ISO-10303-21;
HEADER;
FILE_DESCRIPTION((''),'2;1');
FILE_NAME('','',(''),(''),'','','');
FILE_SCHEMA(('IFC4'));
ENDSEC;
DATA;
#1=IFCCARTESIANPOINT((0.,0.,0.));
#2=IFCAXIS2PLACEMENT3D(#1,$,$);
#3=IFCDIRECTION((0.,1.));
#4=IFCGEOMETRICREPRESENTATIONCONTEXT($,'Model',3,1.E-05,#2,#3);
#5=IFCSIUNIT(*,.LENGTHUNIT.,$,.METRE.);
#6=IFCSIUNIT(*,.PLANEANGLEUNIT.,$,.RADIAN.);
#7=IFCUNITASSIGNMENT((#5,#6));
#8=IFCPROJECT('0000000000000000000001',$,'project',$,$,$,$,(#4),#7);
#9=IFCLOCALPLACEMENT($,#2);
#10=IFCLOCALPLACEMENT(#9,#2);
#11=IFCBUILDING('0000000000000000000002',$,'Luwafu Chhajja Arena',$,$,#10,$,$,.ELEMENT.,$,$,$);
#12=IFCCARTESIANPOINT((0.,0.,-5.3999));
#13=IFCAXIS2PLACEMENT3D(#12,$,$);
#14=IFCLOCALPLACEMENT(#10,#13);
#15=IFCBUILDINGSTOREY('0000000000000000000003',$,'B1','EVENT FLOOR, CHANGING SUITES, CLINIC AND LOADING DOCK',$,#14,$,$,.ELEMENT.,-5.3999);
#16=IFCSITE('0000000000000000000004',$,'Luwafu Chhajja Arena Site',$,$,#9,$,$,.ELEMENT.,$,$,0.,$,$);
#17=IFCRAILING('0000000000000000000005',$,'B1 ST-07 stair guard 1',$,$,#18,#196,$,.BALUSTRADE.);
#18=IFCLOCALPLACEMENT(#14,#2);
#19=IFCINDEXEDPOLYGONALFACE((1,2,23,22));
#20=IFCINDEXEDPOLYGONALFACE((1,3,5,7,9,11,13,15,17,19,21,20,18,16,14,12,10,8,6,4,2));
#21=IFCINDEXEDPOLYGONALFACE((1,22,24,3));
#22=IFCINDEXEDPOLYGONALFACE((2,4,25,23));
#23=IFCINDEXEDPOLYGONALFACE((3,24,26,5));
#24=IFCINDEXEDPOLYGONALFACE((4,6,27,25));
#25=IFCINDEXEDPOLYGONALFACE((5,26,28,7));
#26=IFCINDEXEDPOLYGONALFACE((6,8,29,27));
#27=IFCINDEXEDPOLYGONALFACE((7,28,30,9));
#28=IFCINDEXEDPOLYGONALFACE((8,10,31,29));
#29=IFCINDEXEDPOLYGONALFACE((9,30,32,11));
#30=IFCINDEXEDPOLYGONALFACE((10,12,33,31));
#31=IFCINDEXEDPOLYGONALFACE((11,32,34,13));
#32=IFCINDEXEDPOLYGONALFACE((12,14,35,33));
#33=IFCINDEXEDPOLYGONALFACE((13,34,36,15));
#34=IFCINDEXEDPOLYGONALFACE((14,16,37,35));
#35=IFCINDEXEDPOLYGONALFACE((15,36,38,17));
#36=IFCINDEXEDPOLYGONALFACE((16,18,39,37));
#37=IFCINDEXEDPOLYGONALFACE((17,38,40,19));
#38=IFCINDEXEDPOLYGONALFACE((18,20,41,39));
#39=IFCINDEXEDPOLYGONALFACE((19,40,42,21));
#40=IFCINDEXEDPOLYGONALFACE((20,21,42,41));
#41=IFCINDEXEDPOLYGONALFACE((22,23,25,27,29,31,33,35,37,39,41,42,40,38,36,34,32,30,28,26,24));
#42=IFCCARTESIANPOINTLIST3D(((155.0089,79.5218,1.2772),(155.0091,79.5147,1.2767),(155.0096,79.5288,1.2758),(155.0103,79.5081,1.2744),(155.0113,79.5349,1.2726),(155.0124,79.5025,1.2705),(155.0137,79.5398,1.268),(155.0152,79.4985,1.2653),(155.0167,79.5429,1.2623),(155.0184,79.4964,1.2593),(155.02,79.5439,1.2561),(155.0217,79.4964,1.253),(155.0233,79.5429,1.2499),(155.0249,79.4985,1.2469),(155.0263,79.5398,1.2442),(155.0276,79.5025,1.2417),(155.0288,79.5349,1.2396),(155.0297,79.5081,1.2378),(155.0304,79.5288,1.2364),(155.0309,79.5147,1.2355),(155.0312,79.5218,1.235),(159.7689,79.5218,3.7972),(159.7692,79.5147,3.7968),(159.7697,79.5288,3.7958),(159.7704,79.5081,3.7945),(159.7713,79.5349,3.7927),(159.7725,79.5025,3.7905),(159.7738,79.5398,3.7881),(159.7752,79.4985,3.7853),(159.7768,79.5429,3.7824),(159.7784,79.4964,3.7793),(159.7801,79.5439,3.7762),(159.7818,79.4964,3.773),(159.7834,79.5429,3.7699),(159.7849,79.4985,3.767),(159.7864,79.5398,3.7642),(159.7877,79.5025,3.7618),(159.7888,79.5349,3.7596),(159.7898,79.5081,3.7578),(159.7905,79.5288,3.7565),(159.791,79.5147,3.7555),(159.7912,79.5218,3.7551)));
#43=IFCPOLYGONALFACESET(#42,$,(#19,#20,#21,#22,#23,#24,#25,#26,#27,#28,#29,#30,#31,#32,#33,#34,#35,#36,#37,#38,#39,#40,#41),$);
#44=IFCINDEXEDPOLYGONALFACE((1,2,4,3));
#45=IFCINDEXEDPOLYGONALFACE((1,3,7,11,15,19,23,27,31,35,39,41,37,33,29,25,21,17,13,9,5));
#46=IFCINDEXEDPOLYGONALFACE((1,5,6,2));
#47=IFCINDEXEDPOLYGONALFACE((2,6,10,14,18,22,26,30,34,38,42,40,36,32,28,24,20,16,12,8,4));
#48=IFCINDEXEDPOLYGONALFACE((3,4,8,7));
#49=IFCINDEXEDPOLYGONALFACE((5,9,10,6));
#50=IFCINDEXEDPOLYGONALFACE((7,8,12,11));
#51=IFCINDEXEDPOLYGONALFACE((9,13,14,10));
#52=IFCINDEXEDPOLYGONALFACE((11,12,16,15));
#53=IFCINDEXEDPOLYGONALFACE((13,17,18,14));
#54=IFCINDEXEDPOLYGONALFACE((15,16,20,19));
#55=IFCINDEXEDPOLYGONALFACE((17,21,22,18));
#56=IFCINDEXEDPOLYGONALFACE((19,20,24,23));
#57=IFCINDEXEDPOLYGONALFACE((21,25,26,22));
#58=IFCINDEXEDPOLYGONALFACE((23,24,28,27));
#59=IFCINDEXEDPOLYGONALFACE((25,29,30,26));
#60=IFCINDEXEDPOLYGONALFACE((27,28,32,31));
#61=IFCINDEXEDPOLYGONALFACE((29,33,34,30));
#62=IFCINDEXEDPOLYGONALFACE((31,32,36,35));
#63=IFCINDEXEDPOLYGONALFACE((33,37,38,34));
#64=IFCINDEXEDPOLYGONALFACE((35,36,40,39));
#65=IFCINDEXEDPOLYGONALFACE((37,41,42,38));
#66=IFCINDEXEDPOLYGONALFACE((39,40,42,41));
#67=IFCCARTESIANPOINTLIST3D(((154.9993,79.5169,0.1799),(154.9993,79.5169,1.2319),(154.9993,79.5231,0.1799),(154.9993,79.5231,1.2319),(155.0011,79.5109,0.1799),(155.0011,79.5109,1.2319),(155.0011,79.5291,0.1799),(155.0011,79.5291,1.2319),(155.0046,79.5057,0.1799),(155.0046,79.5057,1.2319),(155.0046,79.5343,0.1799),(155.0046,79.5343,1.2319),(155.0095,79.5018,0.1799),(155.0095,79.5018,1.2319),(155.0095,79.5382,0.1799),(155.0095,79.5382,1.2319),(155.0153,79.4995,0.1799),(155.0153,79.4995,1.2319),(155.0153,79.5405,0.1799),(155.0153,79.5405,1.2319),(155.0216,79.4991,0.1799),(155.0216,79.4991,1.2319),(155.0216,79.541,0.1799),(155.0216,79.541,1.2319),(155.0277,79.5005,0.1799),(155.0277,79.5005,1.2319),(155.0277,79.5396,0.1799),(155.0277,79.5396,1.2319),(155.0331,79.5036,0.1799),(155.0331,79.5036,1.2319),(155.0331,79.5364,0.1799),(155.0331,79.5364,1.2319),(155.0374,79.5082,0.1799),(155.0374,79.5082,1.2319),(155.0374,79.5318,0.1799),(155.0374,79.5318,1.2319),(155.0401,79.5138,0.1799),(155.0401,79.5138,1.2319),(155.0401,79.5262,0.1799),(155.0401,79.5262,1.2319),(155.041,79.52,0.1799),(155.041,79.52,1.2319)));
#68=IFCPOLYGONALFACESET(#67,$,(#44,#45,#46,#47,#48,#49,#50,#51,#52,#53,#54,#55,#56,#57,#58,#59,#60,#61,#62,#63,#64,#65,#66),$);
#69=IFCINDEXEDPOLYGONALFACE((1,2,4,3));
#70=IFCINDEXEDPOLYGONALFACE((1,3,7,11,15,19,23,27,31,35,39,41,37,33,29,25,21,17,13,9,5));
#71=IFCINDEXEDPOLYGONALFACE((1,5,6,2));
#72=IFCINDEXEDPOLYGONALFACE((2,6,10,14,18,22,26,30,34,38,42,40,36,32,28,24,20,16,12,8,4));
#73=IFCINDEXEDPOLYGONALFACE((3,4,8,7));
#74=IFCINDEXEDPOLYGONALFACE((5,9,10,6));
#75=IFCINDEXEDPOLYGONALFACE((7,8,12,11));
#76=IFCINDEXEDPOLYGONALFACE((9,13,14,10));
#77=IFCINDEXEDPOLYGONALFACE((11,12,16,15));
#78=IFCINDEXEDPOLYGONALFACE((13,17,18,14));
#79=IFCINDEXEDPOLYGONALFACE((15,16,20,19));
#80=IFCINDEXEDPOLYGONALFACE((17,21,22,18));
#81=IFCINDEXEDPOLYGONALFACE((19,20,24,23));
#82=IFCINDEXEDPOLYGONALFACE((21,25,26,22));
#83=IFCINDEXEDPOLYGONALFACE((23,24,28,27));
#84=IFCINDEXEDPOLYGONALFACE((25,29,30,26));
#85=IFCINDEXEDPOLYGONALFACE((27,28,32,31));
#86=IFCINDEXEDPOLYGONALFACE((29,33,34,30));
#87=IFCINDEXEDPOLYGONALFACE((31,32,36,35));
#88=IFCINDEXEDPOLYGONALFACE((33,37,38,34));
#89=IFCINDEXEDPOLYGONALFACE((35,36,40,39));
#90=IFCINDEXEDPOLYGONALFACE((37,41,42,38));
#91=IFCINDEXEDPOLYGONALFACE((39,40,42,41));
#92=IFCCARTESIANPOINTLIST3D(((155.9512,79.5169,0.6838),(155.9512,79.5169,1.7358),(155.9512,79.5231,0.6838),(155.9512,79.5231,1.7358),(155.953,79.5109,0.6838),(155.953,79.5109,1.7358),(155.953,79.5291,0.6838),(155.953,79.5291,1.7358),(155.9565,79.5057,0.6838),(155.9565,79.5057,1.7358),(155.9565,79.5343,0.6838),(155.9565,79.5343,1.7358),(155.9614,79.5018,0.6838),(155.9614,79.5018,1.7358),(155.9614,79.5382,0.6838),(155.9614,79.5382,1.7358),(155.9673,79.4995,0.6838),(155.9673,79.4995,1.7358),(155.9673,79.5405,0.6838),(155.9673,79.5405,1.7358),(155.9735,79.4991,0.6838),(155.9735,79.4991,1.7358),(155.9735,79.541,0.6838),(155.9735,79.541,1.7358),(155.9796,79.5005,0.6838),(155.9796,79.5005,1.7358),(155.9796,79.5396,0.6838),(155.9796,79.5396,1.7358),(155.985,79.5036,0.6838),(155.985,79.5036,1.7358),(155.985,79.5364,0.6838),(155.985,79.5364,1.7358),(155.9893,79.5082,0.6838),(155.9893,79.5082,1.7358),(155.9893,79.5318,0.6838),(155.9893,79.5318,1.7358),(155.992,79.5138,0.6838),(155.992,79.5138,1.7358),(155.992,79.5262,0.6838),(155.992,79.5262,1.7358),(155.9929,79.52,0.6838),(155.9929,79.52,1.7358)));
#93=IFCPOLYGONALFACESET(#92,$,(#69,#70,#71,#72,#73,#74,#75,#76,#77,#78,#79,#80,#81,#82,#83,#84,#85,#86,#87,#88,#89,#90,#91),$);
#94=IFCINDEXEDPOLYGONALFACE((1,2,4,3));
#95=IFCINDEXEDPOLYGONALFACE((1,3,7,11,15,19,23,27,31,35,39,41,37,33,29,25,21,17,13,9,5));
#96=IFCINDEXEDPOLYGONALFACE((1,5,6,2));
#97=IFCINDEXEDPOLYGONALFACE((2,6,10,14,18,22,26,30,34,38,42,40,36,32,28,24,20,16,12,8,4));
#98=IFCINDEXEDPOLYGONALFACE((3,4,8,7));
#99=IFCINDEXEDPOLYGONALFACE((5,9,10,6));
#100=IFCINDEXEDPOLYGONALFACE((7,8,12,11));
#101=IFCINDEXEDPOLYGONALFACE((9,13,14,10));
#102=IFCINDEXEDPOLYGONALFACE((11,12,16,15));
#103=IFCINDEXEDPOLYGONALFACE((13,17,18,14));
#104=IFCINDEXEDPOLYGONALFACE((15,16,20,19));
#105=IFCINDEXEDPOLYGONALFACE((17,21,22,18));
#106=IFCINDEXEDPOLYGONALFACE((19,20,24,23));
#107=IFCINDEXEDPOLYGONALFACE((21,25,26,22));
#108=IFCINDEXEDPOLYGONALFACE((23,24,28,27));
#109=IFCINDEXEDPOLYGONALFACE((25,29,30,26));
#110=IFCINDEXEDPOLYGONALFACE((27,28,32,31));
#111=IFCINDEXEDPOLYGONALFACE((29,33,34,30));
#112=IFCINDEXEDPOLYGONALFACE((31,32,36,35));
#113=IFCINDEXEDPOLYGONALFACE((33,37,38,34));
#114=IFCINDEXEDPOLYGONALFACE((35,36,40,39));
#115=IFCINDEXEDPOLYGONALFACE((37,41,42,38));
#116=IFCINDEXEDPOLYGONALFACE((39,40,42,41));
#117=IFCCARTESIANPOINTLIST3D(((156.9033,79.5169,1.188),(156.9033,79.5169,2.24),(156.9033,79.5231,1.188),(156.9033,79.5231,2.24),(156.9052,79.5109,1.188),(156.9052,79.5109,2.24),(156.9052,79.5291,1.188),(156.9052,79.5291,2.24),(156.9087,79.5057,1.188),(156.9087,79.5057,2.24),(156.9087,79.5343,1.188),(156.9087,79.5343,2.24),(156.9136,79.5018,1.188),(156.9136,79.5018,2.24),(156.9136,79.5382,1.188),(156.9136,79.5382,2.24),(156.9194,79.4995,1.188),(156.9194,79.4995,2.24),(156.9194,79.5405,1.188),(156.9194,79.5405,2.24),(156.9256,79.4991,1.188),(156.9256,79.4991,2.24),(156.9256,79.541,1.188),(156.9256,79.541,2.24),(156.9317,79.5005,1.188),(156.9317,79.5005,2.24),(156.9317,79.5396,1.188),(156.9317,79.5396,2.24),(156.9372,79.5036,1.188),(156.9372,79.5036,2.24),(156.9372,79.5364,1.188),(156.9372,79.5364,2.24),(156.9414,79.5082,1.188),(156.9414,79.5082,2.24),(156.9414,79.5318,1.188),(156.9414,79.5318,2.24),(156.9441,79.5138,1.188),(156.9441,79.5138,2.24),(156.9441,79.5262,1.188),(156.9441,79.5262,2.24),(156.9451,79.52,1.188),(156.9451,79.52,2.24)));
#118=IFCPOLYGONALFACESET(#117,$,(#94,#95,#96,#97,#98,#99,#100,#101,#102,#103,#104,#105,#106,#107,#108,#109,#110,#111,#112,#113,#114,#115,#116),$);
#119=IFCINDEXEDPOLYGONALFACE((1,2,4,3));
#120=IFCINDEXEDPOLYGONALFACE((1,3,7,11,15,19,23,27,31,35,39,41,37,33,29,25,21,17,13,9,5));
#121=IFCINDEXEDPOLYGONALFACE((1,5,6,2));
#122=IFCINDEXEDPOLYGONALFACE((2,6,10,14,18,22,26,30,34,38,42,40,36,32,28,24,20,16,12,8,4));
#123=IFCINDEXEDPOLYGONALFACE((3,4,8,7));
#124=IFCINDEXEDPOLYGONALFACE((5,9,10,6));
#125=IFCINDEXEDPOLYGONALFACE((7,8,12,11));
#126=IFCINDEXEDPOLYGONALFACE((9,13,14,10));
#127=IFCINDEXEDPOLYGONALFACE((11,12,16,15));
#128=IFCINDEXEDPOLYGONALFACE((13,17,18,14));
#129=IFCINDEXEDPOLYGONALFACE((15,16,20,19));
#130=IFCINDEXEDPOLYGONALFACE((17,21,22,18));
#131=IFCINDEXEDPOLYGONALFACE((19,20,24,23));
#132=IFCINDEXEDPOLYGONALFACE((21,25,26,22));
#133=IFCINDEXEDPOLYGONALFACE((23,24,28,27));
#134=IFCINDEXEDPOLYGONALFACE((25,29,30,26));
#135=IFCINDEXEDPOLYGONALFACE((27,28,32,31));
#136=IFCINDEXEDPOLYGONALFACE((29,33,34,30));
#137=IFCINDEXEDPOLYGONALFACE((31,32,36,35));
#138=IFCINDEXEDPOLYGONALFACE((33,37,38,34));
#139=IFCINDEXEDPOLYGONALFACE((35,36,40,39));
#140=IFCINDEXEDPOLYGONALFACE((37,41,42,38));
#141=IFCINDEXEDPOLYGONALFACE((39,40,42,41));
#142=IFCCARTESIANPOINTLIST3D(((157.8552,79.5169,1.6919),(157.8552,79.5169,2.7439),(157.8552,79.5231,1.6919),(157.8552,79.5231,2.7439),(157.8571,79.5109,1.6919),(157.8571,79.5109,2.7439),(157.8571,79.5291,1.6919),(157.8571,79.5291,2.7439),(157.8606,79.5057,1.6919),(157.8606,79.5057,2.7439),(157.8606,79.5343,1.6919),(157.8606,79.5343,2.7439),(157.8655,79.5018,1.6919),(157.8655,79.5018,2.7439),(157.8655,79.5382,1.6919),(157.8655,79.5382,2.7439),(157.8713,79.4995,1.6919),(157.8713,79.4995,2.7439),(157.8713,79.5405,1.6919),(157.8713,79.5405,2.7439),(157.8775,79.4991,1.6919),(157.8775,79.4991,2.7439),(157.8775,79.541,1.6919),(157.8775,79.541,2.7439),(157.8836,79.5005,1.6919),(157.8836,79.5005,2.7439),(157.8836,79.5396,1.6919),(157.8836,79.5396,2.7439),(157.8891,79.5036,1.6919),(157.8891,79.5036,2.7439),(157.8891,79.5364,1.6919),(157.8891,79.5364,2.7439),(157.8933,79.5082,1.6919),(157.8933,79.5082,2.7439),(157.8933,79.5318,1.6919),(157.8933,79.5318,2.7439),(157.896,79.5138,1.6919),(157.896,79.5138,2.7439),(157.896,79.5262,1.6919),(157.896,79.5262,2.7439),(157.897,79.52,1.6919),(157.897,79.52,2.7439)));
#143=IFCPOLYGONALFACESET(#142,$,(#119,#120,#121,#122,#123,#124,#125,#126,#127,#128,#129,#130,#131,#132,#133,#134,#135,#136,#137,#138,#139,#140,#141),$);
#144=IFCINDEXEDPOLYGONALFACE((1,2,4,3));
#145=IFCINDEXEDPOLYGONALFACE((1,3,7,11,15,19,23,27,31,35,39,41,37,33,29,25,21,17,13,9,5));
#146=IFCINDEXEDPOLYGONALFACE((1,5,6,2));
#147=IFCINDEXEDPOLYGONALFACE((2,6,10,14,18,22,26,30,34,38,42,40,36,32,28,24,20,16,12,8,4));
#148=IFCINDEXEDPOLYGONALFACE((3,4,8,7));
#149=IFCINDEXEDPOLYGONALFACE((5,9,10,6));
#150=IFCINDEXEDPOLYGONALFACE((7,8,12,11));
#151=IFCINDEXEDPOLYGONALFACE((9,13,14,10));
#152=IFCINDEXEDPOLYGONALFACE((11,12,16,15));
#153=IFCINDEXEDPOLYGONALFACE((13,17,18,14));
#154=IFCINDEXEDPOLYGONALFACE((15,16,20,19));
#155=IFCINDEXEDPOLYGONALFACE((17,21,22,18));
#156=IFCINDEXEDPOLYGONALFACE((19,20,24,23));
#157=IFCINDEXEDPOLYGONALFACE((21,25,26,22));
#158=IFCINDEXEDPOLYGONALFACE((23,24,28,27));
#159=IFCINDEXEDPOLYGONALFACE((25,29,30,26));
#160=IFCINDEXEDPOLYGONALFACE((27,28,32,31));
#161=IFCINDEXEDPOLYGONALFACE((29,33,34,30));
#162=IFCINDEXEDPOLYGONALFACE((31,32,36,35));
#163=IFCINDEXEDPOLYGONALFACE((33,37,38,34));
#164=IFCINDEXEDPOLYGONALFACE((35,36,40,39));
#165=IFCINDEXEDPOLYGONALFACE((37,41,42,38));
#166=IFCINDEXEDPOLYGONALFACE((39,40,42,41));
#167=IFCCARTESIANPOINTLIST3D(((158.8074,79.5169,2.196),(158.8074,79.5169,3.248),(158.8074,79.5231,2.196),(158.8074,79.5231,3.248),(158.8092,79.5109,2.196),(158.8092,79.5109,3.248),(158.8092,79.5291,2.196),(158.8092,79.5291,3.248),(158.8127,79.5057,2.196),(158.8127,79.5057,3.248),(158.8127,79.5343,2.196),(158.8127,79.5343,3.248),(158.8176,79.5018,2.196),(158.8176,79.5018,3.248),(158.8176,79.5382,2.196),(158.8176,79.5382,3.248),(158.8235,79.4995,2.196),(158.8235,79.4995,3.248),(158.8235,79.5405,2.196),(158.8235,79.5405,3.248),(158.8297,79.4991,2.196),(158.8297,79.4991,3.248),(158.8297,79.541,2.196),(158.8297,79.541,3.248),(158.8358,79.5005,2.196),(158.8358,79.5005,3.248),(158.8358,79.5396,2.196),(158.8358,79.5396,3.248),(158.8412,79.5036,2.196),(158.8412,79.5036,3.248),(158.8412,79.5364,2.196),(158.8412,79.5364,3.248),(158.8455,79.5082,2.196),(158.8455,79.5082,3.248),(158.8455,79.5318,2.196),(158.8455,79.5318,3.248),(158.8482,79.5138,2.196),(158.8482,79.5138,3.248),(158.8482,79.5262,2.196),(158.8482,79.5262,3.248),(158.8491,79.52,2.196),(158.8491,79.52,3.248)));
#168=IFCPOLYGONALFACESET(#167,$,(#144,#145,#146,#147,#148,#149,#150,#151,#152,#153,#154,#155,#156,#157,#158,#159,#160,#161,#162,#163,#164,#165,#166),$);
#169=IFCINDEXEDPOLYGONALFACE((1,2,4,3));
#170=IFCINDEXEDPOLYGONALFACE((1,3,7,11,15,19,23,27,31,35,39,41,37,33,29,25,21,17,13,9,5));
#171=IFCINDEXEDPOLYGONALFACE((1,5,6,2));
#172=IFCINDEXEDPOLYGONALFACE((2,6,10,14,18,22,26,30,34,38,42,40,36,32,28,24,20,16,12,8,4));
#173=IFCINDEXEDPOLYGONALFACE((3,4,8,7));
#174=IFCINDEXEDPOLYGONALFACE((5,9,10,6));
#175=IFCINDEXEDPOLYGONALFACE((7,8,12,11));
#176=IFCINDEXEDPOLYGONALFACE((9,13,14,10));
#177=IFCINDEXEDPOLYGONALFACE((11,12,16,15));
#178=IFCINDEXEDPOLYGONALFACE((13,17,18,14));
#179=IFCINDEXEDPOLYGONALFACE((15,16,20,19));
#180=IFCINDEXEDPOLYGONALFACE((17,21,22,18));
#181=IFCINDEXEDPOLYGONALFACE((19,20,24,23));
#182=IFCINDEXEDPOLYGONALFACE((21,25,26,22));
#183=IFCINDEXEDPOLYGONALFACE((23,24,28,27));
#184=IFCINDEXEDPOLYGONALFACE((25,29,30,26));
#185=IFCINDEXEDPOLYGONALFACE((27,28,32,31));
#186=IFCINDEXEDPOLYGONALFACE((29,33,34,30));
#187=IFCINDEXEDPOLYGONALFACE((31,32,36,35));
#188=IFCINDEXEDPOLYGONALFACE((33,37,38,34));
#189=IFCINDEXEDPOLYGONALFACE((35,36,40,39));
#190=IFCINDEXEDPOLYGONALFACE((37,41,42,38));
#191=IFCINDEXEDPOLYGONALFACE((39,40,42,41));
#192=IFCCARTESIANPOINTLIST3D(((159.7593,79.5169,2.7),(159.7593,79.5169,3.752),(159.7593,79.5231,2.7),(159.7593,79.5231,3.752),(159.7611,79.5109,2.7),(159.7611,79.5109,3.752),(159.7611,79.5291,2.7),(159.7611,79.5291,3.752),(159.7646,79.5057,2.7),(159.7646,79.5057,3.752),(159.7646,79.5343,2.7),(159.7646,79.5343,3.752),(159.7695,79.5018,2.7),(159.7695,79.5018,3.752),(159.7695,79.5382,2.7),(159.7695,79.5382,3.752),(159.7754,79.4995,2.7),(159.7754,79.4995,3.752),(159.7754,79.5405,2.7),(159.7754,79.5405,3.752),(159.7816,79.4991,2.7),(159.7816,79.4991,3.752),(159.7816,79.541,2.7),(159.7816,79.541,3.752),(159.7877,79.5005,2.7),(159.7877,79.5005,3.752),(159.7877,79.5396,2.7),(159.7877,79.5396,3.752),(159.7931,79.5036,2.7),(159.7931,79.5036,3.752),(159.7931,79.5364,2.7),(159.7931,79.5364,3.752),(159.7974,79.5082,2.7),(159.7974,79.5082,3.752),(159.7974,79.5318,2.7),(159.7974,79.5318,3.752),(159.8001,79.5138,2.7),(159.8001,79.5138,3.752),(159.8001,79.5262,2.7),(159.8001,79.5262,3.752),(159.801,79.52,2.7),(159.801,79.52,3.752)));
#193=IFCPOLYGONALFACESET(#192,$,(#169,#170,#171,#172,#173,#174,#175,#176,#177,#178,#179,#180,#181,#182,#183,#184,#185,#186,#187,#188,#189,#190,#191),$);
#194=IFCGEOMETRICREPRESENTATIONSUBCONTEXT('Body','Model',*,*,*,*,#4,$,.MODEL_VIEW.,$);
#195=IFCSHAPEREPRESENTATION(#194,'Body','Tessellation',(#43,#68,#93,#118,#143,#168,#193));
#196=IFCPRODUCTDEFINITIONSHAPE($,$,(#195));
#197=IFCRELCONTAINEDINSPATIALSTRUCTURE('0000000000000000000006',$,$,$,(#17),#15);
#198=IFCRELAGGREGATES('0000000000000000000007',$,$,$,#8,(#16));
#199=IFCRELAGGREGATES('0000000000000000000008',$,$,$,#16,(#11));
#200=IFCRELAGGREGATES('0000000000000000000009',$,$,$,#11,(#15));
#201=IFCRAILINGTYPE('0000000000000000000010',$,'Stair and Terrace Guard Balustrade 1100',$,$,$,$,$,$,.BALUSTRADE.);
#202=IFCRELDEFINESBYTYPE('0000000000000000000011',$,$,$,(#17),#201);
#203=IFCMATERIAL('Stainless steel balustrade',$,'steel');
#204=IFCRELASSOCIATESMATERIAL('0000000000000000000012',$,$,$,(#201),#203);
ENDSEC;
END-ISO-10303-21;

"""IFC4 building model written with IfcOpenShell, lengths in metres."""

from ifc_helpers import new_model, si_unit, direction, frame, origin, origin_2d, place, context, subcontext, project, spatial, circle, extrude, material, type_object, element, save


model = new_model("IFC4")

# Units and contexts
model_context = context("Model", 3, precision=1e-05, world=origin(), true_north=direction((0.0, 1.0)))
body_context = subcontext(model_context, "Body", "Model", "MODEL_VIEW")
ifc_project = project(units=[si_unit("LENGTHUNIT", "METRE"), si_unit("PLANEANGLEUNIT", "RADIAN")], contexts=[model_context])

# Site, building, storey
site_placement = place(None, origin())
site = spatial("IfcSite", under=ifc_project, at=site_placement, Name="Luwafu Chhajja Arena Site", CompositionType="ELEMENT", RefElevation=0.0)
building_placement = place(site_placement, origin())
building = spatial("IfcBuilding", under=site, at=building_placement, Name="Luwafu Chhajja Arena", CompositionType="ELEMENT")
storey_placement = place(building_placement, frame((0.0, 0.0, -5.3999)))
storey = spatial("IfcBuildingStorey", under=building, at=storey_placement, Name="B1", Description="EVENT FLOOR, CHANGING SUITES, CLINIC AND LOADING DOCK", CompositionType="ELEMENT", Elevation=-5.3999)

# Railing
ifc_material_1 = material(Name="Stainless steel balustrade", Category="steel")
railing_type_1 = type_object("IfcRailingType", Name="Stair and Terrace Guard Balustrade 1100", PredefinedType="BALUSTRADE", material=ifc_material_1)
railing_1_placement = place(storey_placement, frame((155.02, 79.52, 0.1799)))
element("IfcRailing", 1, at=railing_1_placement, inside=storey, type_object=railing_type_1, Name="B1 ST-07 stair guard 1", PredefinedType="BALUSTRADE", context=body_context, shape_type="SweptSolid", body=[
    extrude(circle(Radius=0.0239, at=origin_2d()), frame((0.0, 0.0, 1.0762), z_axis=(0.883787, 0.0, 0.46789), x_axis=(0.0, 1.0, 0.0)), (0.0, 0.0, 1.0), 5.386),
    extrude(circle(Radius=0.021, at=origin_2d()), origin(), (0.0, 0.0, 1.0), 1.052),
    extrude(circle(Radius=0.021, at=origin_2d()), frame((0.9519, 0.0, 0.5039)), (0.0, 0.0, 1.0), 1.052),
    extrude(circle(Radius=0.021, at=origin_2d()), frame((1.9041, 0.0, 1.0081)), (0.0, 0.0, 1.0), 1.052),
    extrude(circle(Radius=0.021, at=origin_2d()), frame((2.856, 0.0, 1.512)), (0.0, 0.0, 1.0), 1.052),
    extrude(circle(Radius=0.021, at=origin_2d()), frame((3.8081, 0.0, 2.0161)), (0.0, 0.0, 1.0), 1.052),
    extrude(circle(Radius=0.021, at=origin_2d()), frame((4.76, 0.0, 2.52)), (0.0, 0.0, 1.0), 1.052),
])

save(model, "model.ifc")
